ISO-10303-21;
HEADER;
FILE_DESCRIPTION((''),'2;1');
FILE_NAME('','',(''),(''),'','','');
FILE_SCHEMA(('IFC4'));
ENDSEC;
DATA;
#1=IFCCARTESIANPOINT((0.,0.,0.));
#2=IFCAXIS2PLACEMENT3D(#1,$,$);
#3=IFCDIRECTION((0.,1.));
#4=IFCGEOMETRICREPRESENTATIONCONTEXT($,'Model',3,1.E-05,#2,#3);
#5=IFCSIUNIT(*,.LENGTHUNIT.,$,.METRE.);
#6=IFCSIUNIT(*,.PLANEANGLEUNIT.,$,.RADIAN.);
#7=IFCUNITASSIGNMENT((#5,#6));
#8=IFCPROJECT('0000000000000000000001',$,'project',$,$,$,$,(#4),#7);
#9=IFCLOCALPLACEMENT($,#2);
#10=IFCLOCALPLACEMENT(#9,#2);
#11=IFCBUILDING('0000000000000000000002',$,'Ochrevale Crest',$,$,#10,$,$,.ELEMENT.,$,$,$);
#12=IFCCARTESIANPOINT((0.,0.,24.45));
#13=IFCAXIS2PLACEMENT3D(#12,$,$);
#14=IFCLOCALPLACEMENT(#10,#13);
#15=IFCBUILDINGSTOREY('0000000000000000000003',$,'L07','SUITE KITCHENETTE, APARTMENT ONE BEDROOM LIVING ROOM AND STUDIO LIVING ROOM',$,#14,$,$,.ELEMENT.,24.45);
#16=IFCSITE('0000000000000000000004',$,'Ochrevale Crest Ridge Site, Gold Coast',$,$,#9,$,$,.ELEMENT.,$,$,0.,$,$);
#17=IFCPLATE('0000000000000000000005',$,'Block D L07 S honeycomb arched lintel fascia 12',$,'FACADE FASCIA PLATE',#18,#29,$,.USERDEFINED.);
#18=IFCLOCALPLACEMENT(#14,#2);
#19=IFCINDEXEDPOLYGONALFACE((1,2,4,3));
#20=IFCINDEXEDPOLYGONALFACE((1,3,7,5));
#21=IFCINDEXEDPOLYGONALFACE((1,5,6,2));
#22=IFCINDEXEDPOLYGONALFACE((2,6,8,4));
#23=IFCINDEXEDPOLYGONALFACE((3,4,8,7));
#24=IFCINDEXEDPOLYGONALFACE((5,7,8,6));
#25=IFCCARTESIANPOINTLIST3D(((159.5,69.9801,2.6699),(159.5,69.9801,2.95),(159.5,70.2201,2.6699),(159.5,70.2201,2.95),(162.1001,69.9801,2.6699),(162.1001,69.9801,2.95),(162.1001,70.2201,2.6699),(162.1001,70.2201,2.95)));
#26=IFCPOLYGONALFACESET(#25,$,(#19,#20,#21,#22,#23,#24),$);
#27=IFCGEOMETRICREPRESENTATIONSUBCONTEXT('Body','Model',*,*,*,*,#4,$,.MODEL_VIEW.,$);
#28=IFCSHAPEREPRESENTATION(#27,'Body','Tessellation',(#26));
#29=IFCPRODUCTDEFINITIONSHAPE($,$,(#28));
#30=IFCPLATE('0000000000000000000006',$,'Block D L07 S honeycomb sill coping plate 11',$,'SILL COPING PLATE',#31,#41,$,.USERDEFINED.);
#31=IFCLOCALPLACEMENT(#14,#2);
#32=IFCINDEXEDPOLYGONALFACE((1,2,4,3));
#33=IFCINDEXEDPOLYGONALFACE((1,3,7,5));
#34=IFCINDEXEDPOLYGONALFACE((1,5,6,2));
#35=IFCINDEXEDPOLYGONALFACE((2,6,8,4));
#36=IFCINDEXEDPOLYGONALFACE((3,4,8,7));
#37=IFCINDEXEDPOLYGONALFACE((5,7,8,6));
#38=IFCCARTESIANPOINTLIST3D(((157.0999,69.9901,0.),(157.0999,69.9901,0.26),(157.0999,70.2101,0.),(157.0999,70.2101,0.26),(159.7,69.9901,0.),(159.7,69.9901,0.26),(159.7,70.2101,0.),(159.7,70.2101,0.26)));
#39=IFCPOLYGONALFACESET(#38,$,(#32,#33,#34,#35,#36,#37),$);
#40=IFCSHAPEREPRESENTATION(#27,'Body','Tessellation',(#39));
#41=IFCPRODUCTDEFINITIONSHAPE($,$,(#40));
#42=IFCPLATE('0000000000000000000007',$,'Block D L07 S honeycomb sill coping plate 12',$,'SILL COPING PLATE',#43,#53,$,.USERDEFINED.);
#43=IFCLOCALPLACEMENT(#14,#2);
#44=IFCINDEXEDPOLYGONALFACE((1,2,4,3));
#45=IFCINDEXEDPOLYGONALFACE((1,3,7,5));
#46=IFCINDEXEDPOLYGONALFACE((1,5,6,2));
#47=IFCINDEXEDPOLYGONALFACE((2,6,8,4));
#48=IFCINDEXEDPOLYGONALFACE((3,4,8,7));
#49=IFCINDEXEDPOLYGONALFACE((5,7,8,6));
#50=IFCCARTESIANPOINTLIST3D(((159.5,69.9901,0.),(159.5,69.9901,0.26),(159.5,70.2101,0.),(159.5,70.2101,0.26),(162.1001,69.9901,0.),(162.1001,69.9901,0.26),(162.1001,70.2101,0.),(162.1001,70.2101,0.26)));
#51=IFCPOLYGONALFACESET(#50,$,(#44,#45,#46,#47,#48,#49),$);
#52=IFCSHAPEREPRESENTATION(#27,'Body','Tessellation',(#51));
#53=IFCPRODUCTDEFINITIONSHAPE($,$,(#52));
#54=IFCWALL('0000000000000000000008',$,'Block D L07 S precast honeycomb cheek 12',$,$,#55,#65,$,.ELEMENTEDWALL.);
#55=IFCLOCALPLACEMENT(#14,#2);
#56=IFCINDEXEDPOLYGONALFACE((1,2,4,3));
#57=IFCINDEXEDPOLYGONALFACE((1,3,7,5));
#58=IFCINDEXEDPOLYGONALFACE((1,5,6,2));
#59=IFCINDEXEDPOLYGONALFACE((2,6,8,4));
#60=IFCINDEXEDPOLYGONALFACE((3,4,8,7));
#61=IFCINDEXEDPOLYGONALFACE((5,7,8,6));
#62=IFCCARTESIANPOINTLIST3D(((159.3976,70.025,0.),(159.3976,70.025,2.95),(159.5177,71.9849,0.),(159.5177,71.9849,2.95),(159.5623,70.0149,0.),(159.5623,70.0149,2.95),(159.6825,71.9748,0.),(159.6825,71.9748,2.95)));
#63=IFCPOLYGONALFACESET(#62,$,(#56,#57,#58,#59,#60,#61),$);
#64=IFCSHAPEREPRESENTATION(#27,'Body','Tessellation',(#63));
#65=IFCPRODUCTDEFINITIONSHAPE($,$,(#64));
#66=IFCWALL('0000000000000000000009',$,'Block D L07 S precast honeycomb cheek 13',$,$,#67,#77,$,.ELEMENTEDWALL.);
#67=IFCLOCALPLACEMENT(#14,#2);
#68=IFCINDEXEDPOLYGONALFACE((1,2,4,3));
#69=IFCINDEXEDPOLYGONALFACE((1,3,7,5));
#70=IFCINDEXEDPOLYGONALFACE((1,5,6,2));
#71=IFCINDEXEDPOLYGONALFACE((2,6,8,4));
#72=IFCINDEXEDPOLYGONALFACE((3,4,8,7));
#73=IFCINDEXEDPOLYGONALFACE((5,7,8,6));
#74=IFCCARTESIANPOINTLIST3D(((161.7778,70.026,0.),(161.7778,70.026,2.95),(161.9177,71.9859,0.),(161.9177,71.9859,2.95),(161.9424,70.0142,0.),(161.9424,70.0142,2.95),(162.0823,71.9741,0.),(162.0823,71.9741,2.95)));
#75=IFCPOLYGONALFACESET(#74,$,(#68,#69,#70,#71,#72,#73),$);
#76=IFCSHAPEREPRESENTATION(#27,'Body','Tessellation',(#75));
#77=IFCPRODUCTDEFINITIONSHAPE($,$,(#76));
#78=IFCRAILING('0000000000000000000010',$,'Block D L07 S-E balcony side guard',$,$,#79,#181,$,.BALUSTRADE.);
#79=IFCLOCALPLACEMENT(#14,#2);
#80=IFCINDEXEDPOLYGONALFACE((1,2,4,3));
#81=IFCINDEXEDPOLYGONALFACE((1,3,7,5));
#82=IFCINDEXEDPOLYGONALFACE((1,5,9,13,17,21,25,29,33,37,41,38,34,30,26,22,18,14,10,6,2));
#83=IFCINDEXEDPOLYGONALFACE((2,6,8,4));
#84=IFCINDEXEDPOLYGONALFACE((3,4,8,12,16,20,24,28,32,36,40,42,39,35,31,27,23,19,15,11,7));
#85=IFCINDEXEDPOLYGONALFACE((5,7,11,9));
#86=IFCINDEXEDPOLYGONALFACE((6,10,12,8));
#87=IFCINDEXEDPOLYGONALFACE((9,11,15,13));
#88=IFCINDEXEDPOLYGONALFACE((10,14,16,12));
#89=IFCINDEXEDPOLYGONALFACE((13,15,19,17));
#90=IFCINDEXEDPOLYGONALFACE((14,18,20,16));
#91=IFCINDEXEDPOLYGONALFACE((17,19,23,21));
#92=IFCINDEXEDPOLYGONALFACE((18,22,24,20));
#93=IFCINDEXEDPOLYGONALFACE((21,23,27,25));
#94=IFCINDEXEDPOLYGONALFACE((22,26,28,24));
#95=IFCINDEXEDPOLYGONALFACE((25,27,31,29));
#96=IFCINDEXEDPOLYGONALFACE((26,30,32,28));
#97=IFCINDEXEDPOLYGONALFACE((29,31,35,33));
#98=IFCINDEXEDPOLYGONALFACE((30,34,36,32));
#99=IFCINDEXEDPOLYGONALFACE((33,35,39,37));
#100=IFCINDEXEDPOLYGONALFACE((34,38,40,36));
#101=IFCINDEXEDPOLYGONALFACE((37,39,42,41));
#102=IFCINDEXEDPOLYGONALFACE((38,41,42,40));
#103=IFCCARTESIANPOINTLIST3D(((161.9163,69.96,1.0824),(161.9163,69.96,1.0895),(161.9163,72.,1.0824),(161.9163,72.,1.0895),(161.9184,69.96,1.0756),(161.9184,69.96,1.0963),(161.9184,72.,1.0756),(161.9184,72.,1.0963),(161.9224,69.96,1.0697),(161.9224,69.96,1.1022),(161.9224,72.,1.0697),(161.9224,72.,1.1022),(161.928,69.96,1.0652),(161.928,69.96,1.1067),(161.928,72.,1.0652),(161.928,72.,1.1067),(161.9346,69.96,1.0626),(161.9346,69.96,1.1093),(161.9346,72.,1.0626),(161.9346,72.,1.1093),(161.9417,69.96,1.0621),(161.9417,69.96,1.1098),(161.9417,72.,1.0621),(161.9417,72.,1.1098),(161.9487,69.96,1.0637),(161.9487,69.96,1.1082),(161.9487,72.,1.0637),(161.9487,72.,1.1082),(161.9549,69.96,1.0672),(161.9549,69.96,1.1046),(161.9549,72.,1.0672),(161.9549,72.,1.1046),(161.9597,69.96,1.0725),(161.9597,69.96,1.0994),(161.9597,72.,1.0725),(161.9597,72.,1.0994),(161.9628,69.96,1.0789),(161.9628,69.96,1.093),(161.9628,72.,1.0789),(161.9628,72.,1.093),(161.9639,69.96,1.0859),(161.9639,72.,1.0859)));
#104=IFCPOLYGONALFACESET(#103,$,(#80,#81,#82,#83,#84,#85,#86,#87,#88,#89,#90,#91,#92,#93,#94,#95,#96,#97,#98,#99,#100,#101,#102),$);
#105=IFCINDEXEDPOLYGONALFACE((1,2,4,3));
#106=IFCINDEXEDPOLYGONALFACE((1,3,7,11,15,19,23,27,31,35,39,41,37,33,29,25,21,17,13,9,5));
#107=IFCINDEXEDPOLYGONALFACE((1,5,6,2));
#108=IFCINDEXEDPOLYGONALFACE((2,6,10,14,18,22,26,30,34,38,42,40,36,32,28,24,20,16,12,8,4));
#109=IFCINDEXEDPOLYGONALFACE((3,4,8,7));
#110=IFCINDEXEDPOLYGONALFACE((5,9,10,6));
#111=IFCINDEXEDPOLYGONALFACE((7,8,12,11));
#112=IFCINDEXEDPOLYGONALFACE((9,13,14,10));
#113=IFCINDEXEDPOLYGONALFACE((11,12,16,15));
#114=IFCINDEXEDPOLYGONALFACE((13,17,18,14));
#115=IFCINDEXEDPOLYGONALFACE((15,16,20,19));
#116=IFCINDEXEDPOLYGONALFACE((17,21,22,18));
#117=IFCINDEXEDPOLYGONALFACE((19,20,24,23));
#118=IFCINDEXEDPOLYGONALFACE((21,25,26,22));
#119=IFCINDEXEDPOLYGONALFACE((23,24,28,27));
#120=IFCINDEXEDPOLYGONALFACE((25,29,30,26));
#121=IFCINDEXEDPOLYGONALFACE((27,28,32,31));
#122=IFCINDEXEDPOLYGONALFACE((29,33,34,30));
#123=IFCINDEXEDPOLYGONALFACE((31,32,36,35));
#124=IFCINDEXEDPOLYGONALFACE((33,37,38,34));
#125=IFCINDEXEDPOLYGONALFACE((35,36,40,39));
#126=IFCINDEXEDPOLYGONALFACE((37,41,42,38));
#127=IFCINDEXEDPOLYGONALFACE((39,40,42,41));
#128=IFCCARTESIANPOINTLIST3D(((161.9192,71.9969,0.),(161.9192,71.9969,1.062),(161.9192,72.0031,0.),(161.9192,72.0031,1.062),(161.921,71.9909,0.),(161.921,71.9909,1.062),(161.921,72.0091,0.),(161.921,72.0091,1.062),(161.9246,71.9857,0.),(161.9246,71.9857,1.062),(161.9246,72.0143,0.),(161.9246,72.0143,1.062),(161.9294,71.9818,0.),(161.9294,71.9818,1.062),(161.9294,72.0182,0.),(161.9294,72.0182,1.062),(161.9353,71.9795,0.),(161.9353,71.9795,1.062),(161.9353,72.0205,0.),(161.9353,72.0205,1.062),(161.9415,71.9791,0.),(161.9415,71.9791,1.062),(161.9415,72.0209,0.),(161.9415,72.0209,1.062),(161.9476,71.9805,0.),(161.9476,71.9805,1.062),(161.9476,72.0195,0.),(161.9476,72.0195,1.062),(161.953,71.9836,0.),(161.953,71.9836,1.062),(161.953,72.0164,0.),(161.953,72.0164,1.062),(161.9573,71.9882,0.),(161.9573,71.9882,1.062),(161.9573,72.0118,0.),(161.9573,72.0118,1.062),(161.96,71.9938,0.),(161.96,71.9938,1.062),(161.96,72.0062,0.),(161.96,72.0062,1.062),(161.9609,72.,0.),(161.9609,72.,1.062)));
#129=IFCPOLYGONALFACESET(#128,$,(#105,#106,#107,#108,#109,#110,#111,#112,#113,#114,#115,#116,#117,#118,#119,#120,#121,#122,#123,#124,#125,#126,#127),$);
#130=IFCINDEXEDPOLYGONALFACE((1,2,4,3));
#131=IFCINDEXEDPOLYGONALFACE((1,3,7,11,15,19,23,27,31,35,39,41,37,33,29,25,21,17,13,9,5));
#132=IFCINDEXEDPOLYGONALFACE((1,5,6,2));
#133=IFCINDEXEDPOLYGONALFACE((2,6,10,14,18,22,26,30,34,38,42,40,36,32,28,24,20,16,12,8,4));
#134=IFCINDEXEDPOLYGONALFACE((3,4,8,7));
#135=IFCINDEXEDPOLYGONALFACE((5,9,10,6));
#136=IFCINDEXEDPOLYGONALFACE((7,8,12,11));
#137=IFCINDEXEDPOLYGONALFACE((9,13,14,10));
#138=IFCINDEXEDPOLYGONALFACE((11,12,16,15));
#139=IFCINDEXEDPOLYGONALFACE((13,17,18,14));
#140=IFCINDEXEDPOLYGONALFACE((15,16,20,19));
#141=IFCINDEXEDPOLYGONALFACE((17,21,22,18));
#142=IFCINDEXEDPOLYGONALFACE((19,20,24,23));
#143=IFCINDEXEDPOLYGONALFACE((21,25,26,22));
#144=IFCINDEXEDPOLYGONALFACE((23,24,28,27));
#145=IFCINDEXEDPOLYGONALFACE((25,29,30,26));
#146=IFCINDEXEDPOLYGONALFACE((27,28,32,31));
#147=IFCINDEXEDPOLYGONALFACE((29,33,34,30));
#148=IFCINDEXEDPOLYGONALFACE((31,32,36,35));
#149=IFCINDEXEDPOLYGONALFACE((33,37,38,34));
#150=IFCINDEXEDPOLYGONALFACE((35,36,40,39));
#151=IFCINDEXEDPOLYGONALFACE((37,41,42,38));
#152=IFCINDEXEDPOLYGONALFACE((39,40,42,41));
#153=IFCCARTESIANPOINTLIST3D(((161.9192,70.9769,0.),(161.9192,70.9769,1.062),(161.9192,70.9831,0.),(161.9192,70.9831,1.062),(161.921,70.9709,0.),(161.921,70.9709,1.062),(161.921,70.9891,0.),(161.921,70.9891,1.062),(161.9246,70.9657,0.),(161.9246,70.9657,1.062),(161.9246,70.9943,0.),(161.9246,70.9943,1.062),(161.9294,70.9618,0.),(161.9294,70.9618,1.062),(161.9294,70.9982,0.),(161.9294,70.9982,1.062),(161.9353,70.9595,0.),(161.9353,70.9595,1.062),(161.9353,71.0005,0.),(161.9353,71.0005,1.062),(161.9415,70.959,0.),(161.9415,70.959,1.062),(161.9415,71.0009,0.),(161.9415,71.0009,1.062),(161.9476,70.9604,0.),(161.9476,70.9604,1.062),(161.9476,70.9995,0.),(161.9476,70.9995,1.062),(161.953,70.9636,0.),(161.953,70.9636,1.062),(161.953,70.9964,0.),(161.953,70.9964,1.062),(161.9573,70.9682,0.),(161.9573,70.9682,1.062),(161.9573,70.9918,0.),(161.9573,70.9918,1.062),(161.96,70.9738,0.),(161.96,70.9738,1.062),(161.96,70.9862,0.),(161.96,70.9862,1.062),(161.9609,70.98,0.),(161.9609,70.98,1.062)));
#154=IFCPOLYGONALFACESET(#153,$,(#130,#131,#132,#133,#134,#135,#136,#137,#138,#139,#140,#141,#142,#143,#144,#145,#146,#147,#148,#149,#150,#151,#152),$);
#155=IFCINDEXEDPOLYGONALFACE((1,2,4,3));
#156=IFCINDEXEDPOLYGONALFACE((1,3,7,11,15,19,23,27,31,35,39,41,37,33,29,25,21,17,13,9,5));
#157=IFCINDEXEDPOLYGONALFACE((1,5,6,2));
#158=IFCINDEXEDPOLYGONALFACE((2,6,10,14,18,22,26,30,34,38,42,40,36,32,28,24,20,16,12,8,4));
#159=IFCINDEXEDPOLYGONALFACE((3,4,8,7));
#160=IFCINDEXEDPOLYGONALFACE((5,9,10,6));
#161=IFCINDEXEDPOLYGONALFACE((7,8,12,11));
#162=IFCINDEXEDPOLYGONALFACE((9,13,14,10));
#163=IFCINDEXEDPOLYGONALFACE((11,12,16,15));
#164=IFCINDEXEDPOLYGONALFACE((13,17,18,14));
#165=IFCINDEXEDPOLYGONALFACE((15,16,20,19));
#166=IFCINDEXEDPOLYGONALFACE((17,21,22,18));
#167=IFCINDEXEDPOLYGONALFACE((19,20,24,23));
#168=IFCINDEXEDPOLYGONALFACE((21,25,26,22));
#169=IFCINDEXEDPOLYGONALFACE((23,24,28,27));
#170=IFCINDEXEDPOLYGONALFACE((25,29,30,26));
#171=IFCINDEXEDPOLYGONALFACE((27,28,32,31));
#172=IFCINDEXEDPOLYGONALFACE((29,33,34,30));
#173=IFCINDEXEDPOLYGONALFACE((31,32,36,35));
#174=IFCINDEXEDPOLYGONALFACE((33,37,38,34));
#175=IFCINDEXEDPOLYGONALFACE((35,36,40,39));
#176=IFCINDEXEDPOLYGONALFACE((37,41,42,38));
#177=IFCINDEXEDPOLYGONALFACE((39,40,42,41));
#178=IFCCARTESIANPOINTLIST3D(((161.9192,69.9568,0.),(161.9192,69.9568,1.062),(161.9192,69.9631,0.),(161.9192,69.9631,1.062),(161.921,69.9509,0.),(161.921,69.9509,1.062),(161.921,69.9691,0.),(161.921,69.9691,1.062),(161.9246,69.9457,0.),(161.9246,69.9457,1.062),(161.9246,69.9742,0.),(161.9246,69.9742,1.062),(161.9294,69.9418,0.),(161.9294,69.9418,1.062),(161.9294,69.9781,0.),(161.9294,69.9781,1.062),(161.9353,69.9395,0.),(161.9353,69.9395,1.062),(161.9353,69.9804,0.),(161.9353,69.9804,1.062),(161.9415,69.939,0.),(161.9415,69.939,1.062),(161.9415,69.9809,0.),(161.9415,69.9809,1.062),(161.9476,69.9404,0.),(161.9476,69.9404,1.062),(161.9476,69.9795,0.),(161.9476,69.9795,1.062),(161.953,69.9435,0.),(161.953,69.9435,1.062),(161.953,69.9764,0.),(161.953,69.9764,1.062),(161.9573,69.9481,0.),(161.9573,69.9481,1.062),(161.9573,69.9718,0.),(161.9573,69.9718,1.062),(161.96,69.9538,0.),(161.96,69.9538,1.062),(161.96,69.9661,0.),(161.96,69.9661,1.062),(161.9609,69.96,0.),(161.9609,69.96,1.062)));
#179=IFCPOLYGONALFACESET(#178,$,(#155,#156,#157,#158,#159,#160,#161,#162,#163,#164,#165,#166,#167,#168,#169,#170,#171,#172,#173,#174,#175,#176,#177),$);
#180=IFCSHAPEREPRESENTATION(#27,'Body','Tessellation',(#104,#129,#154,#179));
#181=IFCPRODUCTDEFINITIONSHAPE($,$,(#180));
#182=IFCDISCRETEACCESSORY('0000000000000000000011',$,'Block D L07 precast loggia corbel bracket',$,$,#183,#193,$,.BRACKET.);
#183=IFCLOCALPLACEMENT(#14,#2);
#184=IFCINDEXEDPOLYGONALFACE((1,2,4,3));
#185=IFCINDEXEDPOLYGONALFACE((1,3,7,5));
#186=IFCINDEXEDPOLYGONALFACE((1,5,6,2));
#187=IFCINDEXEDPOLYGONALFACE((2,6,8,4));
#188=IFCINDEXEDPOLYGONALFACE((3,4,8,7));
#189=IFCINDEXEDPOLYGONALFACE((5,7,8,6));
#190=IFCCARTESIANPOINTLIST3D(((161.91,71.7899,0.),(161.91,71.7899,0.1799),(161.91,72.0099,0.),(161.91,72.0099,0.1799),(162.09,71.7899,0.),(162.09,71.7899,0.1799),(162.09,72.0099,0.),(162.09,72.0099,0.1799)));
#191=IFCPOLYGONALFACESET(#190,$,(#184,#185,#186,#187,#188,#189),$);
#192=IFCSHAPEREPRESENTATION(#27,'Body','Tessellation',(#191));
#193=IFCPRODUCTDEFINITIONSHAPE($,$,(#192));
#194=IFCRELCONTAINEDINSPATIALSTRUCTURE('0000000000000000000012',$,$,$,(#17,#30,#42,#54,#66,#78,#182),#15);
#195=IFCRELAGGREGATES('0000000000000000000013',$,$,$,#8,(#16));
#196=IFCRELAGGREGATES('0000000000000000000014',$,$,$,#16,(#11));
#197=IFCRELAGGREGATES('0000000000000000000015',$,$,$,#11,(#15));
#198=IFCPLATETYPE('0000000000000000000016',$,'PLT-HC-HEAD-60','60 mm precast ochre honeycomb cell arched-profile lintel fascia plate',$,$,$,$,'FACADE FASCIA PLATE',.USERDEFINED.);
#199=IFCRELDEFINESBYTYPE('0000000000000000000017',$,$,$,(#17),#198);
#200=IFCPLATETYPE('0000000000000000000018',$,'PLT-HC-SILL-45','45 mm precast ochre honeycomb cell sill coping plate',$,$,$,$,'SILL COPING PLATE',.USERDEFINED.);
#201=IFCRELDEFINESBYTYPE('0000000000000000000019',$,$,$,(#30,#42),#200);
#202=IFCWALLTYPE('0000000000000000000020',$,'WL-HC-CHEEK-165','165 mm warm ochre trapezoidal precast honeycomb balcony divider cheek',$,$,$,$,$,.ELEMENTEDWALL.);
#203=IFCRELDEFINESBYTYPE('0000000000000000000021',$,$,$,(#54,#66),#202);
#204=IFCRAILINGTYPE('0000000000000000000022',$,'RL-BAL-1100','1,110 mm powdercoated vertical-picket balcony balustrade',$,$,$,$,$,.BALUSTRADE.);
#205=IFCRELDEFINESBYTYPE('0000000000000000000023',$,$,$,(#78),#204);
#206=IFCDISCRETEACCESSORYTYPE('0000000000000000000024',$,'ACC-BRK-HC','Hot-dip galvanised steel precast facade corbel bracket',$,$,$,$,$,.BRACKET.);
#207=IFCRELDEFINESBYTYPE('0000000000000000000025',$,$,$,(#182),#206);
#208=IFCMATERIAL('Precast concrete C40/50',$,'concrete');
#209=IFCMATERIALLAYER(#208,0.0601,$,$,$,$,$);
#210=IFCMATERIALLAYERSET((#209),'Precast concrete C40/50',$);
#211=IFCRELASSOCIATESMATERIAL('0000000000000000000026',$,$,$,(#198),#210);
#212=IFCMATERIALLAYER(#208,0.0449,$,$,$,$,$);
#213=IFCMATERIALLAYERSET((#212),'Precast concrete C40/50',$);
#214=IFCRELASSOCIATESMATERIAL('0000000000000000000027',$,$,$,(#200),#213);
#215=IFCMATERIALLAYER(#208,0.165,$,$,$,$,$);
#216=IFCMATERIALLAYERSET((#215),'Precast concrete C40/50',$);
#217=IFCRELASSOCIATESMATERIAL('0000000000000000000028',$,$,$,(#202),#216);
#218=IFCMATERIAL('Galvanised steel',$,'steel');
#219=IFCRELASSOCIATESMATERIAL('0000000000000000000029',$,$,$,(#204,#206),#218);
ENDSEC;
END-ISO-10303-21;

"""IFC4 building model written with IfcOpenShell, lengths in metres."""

from ifc_helpers import new_model, si_unit, direction, frame, frame_2d, origin, origin_2d, place, context, subcontext, project, spatial, rectangle, circle, extrude, material, layer, layer_set, type_object, element, save


model = new_model("IFC4")

# Units and contexts
model_context = context("Model", 3, precision=1e-05, world=origin(), true_north=direction((0.0, 1.0)))
body_context = subcontext(model_context, "Body", "Model", "MODEL_VIEW")
ifc_project = project(units=[si_unit("LENGTHUNIT", "METRE"), si_unit("PLANEANGLEUNIT", "RADIAN")], contexts=[model_context])

# Site, building, storey
site_placement = place(None, origin())
site = spatial("IfcSite", under=ifc_project, at=site_placement, Name="Ochrevale Crest Ridge Site, Gold Coast", CompositionType="ELEMENT", RefElevation=0.0)
building_placement = place(site_placement, origin())
building = spatial("IfcBuilding", under=site, at=building_placement, Name="Ochrevale Crest", CompositionType="ELEMENT")
storey_placement = place(building_placement, frame((0.0, 0.0, 24.45)))
storey = spatial("IfcBuildingStorey", under=building, at=storey_placement, Name="L07", Description="SUITE KITCHENETTE, APARTMENT ONE BEDROOM LIVING ROOM AND STUDIO LIVING ROOM", CompositionType="ELEMENT", Elevation=24.45)

# Plates
ifc_material_1 = material(Name="Precast concrete C40/50", Category="concrete")
ifc_layer_1 = layer(ifc_material_1, 0.0601)
ifc_layer_set_1 = layer_set([ifc_layer_1], Name="Precast concrete C40/50")
plate_type_1 = type_object("IfcPlateType", Name="PLT-HC-HEAD-60", Description="60 mm precast ochre honeycomb cell arched-profile lintel fascia plate", ElementType="FACADE FASCIA PLATE", PredefinedType="USERDEFINED", material=ifc_layer_set_1)
plate_1_placement = place(storey_placement, frame((160.8, 70.1001, 2.6699), z_axis=(0.0, 0.0, 1.0), x_axis=(1.0, 0.0, 0.0)))
element("IfcPlate", 1, at=plate_1_placement, inside=storey, type_object=plate_type_1, Name="Block D L07 S honeycomb arched lintel fascia 12", ObjectType="FACADE FASCIA PLATE", PredefinedType="USERDEFINED", context=body_context, shape_type="SweptSolid", body=[
    extrude(rectangle(XDim=2.6001, YDim=0.24, at=origin_2d()), origin(), (0.0, 0.0, 1.0), 0.28),
])
ifc_layer_2 = layer(ifc_material_1, 0.0449)
ifc_layer_set_2 = layer_set([ifc_layer_2], Name="Precast concrete C40/50")
plate_type_2 = type_object("IfcPlateType", Name="PLT-HC-SILL-45", Description="45 mm precast ochre honeycomb cell sill coping plate", ElementType="SILL COPING PLATE", PredefinedType="USERDEFINED", material=ifc_layer_set_2)
for number, where, z_axis, x_axis, name in (
    (2, (158.3999, 70.1001, 0.0), (0.0, 0.0, 1.0), (1.0, 0.0, 0.0), "Block D L07 S honeycomb sill coping plate 11"),
    (3, (160.8, 70.1001, 0.0), (0.0, 0.0, 1.0), (1.0, 0.0, 0.0), "Block D L07 S honeycomb sill coping plate 12"),
):
    element("IfcPlate", number, at=place(storey_placement, frame(where, z_axis=z_axis, x_axis=x_axis)), inside=storey, type_object=plate_type_2, Name=name, ObjectType="SILL COPING PLATE", PredefinedType="USERDEFINED", context=body_context, shape_type="SweptSolid", body=[
        extrude(rectangle(XDim=2.6001, YDim=0.22, at=origin_2d()), origin(), (0.0, 0.0, 1.0), 0.26),
    ])

# Walls
ifc_layer_3 = layer(ifc_material_1, 0.165)
ifc_layer_set_3 = layer_set([ifc_layer_3], Name="Precast concrete C40/50")
wall_type = type_object("IfcWallType", Name="WL-HC-CHEEK-165", Description="165 mm warm ochre trapezoidal precast honeycomb balcony divider cheek", PredefinedType="ELEMENTEDWALL", material=ifc_layer_set_3)
wall_1_placement = place(storey_placement, frame((159.6001, 71.98, 0.0), z_axis=(0.0, 0.0, 1.0), x_axis=(-0.061171, -0.998127, 0.0)))
element("IfcWall", 4, at=wall_1_placement, inside=storey, type_object=wall_type, Name="Block D L07 S precast honeycomb cheek 12", PredefinedType="ELEMENTEDWALL", context=body_context, shape_type="SweptSolid", body=[
    extrude(rectangle(XDim=1.9636, YDim=0.165, at=frame_2d((0.9819, 0.0))), origin(), (0.0, 0.0, 1.0), 2.95),
])
wall_2_placement = place(storey_placement, frame((162.0, 71.98, 0.0), z_axis=(0.0, 0.0, 1.0), x_axis=(-0.071194, -0.997462, 0.0)))
element("IfcWall", 5, at=wall_2_placement, inside=storey, type_object=wall_type, Name="Block D L07 S precast honeycomb cheek 13", PredefinedType="ELEMENTEDWALL", context=body_context, shape_type="SweptSolid", body=[
    extrude(rectangle(XDim=1.9648, YDim=0.165, at=frame_2d((0.9824, 0.0))), origin(), (0.0, 0.0, 1.0), 2.95),
])

# Railing
ifc_material_2 = material(Name="Galvanised steel", Category="steel")
railing_type = type_object("IfcRailingType", Name="RL-BAL-1100", Description="1,110 mm powdercoated vertical-picket balcony balustrade", PredefinedType="BALUSTRADE", material=ifc_material_2)
railing_placement = place(storey_placement, frame((161.9399, 72.0, 0.0)))
element("IfcRailing", 6, at=railing_placement, inside=storey, type_object=railing_type, Name="Block D L07 S-E balcony side guard", PredefinedType="BALUSTRADE", context=body_context, shape_type="SweptSolid", body=[
    extrude(circle(Radius=0.0239, at=origin_2d()), frame((0.0, 0.0, 1.0859), z_axis=(0.0, -1.0, 0.0), x_axis=(1.0, 0.0, 0.0)), (0.0, 0.0, 1.0), 2.04),
    extrude(circle(Radius=0.021, at=origin_2d()), origin(), (0.0, 0.0, 1.0), 1.062),
    extrude(circle(Radius=0.021, at=origin_2d()), frame((0.0, -1.02, 0.0)), (0.0, 0.0, 1.0), 1.062),
    extrude(circle(Radius=0.021, at=origin_2d()), frame((0.0, -2.04, 0.0)), (0.0, 0.0, 1.0), 1.062),
])

# Discrete accessory
discrete_accessory_type = type_object("IfcDiscreteAccessoryType", Name="ACC-BRK-HC", Description="Hot-dip galvanised steel precast facade corbel bracket", PredefinedType="BRACKET", material=ifc_material_2)
discrete_accessory_placement = place(storey_placement, frame((162.0, 71.8999, 0.0), z_axis=(0.0, 0.0, 1.0), x_axis=(1.0, 0.0, 0.0)))
element("IfcDiscreteAccessory", 7, at=discrete_accessory_placement, inside=storey, type_object=discrete_accessory_type, Name="Block D L07 precast loggia corbel bracket", PredefinedType="BRACKET", context=body_context, shape_type="SweptSolid", body=[
    extrude(rectangle(XDim=0.1799, YDim=0.22, at=origin_2d()), origin(), (0.0, 0.0, 1.0), 0.1799),
])

save(model, "model.ifc")
